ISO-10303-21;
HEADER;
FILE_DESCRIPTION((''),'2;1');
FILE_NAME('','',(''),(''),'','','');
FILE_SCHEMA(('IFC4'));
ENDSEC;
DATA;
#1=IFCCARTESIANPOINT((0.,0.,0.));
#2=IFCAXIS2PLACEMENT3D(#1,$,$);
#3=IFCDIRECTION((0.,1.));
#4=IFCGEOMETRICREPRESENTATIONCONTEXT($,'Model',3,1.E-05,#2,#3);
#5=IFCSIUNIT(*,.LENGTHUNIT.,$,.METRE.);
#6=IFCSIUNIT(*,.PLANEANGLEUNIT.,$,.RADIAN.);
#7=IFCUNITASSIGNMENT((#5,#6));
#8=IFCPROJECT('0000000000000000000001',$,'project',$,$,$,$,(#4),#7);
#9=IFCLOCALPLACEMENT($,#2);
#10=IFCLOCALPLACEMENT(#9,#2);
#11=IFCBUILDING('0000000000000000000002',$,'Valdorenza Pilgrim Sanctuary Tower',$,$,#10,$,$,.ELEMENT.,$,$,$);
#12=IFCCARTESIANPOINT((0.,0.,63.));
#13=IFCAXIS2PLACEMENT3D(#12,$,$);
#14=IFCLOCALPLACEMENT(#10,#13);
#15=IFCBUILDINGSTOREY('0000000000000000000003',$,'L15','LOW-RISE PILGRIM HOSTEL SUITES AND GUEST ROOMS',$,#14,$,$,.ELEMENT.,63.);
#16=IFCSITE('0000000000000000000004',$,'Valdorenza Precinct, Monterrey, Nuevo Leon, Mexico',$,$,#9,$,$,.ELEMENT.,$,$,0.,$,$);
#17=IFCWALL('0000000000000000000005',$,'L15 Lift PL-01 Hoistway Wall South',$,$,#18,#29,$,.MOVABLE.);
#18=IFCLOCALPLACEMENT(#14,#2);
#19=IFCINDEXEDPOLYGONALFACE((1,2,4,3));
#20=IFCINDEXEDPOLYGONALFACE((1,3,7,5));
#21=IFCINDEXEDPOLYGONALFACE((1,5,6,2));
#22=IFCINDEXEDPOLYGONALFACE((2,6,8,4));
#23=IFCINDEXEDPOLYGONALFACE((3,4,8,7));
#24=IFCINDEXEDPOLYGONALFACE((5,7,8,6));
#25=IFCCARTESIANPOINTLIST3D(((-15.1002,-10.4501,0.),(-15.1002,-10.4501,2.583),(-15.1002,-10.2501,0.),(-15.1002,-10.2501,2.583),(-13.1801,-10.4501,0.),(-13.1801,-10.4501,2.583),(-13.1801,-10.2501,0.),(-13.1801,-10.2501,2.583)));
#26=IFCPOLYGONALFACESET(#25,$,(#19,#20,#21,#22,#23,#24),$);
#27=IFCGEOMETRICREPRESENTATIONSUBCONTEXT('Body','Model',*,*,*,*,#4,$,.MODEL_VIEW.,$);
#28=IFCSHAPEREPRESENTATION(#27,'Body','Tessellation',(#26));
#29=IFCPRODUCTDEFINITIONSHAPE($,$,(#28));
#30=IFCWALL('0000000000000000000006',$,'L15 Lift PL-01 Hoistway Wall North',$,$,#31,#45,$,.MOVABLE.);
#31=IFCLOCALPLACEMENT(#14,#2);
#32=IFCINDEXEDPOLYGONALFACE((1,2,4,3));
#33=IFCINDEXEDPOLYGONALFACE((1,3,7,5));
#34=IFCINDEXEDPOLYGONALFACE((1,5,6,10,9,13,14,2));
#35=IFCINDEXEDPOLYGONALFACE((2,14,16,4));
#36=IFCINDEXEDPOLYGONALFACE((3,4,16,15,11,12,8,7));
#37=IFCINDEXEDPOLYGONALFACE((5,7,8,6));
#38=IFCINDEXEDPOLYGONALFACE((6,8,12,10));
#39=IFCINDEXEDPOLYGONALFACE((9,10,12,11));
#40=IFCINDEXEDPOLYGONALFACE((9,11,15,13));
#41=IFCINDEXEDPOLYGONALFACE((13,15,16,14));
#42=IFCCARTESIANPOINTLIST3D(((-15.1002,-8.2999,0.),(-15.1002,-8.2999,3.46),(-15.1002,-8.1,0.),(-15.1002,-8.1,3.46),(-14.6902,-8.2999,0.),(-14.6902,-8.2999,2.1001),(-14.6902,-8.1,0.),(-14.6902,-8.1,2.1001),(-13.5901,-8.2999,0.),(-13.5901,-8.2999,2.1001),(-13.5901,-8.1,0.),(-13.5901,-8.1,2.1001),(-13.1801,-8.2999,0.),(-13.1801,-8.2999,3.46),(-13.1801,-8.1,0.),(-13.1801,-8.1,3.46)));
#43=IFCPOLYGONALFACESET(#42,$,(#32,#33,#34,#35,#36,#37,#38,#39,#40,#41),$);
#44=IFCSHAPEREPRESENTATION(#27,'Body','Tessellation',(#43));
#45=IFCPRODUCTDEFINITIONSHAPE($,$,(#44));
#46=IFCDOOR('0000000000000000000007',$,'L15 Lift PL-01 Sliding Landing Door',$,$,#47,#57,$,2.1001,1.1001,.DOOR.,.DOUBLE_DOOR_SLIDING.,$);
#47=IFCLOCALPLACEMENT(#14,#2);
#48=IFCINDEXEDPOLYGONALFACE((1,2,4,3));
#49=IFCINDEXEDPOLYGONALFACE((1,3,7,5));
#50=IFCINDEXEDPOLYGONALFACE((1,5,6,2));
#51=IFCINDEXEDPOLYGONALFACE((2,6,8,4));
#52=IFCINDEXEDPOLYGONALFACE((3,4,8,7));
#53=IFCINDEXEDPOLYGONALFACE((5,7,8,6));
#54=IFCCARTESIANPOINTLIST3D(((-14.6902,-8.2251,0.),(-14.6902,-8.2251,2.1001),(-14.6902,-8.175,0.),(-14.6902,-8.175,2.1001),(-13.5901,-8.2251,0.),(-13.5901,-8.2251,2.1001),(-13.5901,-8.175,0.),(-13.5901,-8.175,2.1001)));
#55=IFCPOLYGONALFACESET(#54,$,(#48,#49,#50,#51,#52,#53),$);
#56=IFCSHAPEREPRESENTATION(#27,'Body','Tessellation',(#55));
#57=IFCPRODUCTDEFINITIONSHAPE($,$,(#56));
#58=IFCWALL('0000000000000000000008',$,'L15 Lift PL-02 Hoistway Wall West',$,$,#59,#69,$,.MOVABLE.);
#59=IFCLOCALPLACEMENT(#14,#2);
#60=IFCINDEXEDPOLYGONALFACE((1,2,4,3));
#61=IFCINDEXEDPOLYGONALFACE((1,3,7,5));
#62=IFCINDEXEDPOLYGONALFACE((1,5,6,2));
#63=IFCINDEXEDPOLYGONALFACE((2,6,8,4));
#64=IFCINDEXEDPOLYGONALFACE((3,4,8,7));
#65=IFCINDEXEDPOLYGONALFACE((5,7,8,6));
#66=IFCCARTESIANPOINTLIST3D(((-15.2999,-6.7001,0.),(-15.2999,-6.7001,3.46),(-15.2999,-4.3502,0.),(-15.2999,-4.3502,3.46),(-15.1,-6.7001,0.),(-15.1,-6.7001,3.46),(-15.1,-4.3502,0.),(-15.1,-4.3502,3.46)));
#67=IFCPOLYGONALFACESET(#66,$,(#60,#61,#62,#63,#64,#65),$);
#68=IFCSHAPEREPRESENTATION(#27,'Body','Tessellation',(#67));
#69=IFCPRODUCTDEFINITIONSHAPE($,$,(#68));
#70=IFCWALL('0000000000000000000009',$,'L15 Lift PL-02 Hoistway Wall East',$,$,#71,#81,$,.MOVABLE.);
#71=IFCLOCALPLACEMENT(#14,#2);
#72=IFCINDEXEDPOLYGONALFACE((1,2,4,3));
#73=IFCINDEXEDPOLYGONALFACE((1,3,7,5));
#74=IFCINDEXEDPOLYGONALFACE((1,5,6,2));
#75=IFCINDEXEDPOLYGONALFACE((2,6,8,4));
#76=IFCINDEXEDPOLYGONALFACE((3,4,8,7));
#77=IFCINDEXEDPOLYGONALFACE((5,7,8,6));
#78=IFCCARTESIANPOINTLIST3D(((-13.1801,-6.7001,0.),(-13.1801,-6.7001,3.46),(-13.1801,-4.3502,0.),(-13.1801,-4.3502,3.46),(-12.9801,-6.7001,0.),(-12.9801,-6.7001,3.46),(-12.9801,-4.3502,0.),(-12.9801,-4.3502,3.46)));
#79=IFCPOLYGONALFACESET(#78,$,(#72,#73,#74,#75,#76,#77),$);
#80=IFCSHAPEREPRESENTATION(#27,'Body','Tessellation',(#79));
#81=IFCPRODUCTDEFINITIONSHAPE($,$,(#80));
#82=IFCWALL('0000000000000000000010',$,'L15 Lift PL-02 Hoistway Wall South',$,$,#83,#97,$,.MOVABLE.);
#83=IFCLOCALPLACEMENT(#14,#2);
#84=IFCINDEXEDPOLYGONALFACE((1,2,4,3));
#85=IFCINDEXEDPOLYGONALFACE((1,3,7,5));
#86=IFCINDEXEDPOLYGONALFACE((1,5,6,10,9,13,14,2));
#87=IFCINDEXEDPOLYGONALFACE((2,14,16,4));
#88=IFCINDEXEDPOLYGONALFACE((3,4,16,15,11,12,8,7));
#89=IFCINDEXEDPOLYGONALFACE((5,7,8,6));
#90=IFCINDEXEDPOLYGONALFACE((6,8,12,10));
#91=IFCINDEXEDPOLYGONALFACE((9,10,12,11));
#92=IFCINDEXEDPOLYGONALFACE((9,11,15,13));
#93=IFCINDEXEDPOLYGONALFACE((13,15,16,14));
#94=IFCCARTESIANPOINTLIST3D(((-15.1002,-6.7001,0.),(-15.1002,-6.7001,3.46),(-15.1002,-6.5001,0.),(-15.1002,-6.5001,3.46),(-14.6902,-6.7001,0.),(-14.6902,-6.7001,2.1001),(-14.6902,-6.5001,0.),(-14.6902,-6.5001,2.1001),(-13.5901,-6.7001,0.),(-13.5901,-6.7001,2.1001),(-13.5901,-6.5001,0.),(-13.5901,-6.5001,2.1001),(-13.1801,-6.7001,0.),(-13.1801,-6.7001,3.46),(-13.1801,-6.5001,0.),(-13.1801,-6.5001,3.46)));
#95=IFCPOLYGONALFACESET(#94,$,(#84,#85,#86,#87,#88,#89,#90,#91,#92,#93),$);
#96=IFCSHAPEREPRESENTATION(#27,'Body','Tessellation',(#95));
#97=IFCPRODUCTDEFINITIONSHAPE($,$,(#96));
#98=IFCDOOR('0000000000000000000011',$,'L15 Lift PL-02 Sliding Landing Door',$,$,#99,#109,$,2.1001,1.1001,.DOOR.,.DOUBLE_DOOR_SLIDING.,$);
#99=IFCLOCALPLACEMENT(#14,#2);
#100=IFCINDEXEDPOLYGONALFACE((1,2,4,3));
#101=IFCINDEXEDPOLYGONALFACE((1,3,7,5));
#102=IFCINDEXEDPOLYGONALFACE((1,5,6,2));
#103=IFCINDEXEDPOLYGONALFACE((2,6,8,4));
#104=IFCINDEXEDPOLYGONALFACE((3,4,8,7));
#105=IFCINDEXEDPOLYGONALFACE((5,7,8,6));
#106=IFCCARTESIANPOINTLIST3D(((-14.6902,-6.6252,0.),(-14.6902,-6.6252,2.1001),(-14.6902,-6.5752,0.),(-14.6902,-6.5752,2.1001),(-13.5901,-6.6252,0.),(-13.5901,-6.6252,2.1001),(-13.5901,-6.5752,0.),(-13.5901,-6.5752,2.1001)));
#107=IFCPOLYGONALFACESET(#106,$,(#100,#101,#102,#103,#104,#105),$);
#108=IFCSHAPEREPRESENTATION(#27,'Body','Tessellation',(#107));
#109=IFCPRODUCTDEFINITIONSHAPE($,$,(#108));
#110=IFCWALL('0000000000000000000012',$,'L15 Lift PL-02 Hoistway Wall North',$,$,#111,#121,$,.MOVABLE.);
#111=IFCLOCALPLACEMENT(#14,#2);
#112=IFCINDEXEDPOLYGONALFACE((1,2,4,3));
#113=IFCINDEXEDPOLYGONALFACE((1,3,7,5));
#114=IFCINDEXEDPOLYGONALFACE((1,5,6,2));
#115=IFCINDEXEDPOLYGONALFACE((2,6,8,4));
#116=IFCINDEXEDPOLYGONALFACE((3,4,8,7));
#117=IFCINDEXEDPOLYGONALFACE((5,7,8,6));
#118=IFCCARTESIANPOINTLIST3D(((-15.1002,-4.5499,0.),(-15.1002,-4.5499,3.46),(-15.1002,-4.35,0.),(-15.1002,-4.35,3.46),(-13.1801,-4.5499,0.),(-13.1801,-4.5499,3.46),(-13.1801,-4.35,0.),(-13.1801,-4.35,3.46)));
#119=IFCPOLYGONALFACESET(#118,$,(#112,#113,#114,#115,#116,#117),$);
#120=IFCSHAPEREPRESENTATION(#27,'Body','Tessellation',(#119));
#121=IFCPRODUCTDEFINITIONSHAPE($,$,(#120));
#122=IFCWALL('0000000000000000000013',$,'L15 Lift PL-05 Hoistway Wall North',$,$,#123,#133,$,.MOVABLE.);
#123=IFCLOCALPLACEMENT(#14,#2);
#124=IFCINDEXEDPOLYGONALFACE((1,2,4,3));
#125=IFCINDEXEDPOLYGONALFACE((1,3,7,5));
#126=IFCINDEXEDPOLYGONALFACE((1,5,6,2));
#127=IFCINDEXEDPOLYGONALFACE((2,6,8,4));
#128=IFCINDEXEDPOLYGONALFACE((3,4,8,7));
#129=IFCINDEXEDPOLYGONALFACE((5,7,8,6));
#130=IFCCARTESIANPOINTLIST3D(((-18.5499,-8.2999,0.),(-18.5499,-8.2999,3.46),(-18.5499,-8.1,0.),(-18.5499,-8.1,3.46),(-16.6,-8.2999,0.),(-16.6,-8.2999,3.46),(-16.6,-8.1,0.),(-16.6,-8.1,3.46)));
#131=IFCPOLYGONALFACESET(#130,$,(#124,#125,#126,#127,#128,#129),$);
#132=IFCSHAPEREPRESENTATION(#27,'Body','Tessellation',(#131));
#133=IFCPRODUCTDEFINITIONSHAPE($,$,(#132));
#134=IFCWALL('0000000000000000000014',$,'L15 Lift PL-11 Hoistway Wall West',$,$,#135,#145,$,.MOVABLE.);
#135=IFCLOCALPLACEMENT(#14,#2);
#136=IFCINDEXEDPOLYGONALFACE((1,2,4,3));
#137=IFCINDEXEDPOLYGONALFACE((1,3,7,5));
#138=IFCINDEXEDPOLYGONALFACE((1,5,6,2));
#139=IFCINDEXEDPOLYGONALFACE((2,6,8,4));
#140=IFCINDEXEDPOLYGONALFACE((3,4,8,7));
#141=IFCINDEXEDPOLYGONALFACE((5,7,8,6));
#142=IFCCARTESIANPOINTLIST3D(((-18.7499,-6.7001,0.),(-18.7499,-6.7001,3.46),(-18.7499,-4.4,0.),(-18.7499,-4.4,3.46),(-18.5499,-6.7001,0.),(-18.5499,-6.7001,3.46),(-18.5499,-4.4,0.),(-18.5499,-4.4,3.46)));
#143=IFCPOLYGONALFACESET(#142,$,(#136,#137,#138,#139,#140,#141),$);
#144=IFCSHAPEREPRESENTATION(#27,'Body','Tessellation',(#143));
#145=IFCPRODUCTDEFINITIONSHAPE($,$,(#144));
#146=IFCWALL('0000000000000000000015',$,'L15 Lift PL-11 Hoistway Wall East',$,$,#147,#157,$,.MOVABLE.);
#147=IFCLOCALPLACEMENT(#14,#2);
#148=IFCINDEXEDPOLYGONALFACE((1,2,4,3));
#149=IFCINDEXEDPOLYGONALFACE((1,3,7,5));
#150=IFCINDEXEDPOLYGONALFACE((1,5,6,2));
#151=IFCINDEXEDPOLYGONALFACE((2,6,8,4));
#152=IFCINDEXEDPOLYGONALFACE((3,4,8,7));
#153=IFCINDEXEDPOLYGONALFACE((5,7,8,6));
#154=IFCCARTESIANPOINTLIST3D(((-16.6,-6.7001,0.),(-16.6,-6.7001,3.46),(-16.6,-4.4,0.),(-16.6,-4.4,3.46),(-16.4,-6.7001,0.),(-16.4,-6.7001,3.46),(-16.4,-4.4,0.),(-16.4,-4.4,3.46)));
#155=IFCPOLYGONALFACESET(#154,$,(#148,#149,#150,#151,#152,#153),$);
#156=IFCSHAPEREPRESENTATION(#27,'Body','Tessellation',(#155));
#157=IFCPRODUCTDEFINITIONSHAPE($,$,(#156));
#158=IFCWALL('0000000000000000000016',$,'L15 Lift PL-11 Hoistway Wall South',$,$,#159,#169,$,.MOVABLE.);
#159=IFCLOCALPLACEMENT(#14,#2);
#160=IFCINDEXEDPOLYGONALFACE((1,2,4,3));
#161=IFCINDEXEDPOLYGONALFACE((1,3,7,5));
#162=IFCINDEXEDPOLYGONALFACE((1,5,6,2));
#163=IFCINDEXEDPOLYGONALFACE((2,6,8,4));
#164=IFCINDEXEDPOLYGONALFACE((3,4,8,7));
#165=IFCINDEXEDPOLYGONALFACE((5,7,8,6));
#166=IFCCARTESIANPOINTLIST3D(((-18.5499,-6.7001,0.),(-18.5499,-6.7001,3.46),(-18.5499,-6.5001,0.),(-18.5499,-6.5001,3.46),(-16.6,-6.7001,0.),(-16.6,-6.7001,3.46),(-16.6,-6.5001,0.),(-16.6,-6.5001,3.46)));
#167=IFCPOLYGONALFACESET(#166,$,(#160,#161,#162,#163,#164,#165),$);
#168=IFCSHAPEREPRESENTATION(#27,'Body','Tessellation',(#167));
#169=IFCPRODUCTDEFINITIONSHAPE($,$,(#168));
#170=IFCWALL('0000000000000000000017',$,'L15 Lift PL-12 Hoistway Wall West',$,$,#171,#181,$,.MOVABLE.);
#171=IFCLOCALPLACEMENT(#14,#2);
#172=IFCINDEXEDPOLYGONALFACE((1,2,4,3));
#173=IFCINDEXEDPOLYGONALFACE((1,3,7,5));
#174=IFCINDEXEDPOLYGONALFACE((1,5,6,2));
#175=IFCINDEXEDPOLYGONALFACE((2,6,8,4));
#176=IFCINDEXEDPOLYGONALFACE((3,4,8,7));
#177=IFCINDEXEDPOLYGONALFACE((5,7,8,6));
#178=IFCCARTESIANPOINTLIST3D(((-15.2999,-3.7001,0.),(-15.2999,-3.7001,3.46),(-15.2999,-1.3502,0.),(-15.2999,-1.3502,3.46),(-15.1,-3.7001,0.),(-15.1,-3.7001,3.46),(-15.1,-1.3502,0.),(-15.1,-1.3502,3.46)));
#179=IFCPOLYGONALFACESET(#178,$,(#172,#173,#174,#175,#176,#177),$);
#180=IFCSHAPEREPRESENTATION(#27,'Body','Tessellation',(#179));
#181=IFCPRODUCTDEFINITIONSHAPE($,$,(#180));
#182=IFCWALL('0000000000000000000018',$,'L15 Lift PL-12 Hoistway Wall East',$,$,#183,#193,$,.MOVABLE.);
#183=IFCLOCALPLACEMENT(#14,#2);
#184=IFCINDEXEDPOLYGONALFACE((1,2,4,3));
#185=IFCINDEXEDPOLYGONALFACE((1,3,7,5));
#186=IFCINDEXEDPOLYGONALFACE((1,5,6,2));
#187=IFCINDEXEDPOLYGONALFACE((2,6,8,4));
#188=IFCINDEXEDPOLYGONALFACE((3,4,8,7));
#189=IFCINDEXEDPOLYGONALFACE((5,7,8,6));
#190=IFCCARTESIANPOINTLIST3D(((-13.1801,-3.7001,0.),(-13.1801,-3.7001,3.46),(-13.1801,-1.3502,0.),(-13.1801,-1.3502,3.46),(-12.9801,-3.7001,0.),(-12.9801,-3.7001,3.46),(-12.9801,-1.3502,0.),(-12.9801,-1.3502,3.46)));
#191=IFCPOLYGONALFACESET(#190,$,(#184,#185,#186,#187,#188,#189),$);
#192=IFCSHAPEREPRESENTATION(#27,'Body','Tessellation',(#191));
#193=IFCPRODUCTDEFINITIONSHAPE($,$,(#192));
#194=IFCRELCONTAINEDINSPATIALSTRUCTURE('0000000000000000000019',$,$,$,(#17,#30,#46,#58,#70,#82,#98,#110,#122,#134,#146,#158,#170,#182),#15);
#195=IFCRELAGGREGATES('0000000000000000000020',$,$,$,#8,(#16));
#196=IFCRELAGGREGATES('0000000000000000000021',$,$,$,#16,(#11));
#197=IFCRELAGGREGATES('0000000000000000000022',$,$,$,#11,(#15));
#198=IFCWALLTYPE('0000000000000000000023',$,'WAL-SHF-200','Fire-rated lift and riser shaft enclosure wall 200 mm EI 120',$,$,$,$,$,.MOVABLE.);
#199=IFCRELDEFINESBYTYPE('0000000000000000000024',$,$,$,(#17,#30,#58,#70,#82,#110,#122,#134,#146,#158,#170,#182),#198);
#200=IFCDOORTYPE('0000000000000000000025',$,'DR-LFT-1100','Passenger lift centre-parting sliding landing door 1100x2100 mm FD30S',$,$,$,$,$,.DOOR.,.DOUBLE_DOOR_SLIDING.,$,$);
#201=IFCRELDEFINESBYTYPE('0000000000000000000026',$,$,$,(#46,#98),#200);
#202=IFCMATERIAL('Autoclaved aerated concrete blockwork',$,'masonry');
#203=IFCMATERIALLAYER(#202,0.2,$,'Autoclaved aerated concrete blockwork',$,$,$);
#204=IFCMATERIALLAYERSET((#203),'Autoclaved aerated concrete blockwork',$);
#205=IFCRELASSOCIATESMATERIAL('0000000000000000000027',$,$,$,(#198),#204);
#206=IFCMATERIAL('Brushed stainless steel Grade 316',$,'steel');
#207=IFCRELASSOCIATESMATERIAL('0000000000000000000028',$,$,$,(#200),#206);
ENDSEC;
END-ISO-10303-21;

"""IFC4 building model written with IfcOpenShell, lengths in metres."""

from ifc_helpers import new_model, si_unit, direction, frame, frame_2d, origin, place, context, subcontext, project, spatial, rectangle, extrude, material, layer, layer_set, type_object, element, fill, save


model = new_model("IFC4")

# Units and contexts
model_context = context("Model", 3, precision=1e-05, world=origin(), true_north=direction((0.0, 1.0)))
body_context = subcontext(model_context, "Body", "Model", "MODEL_VIEW")
ifc_project = project(units=[si_unit("LENGTHUNIT", "METRE"), si_unit("PLANEANGLEUNIT", "RADIAN")], contexts=[model_context])

# Site, building, storey
site_placement = place(None, origin())
site = spatial("IfcSite", under=ifc_project, at=site_placement, Name="Valdorenza Precinct, Monterrey, Nuevo Leon, Mexico", CompositionType="ELEMENT", RefElevation=0.0)
building_placement = place(site_placement, origin())
building = spatial("IfcBuilding", under=site, at=building_placement, Name="Valdorenza Pilgrim Sanctuary Tower", CompositionType="ELEMENT")
storey_placement = place(building_placement, frame((0.0, 0.0, 63.0)))
storey = spatial("IfcBuildingStorey", under=building, at=storey_placement, Name="L15", Description="LOW-RISE PILGRIM HOSTEL SUITES AND GUEST ROOMS", CompositionType="ELEMENT", Elevation=63.0)

# Wall
ifc_material_1 = material(Name="Autoclaved aerated concrete blockwork", Category="masonry")
ifc_layer_1 = layer(ifc_material_1, 0.2, Name="Autoclaved aerated concrete blockwork")
ifc_layer_set_1 = layer_set([ifc_layer_1], Name="Autoclaved aerated concrete blockwork")
wall_type_1 = type_object("IfcWallType", Name="WAL-SHF-200", Description="Fire-rated lift and riser shaft enclosure wall 200 mm EI 120", PredefinedType="MOVABLE", material=ifc_layer_set_1)
wall_1_placement = place(storey_placement, frame((-15.1001, -10.3501, 0.0), z_axis=(0.0, 0.0, 1.0), x_axis=(1.0, 0.0, 0.0)))
element("IfcWall", 1, at=wall_1_placement, inside=storey, type_object=wall_type_1, Name="L15 Lift PL-01 Hoistway Wall South", PredefinedType="MOVABLE", context=body_context, shape_type="SweptSolid", body=[
    extrude(rectangle(XDim=1.9202, YDim=0.2, at=frame_2d((0.96, 0.0))), origin(), (0.0, 0.0, 1.0), 2.583),
])

# Wall, opening, door
wall_2_placement = place(storey_placement, frame((-15.1001, -8.2, 0.0), z_axis=(0.0, 0.0, 1.0), x_axis=(1.0, 0.0, 0.0)))
wall_2 = element("IfcWall", 2, at=wall_2_placement, inside=storey, type_object=wall_type_1, Name="L15 Lift PL-01 Hoistway Wall North", PredefinedType="MOVABLE", context=body_context, shape_type="SweptSolid", body=[
    extrude(rectangle(XDim=1.9202, YDim=0.2, at=frame_2d((0.96, 0.0))), origin(), (0.0, 0.0, 1.0), 3.46),
])
opening_1_placement = place(wall_2_placement, frame((0.4099, 0.0, 0.0)))
opening_1 = element("IfcOpeningElement", 3, at=opening_1_placement, cuts=wall_2, PredefinedType="OPENING", context=body_context, shape_type="SweptSolid", body=[
    extrude(rectangle(XDim=1.1001, YDim=2.1001, at=frame_2d((0.55, 1.05))), frame((0.0, 0.1147, 0.0), z_axis=(0.0, -1.0, 0.0), x_axis=(1.0, 0.0, 0.0)), (0.0, 0.0, 1.0), 0.2297),
])
ifc_material_2 = material(Name="Brushed stainless steel Grade 316", Category="steel")
door_type = type_object("IfcDoorType", Name="DR-LFT-1100", Description="Passenger lift centre-parting sliding landing door 1100x2100 mm FD30S", OperationType="DOUBLE_DOOR_SLIDING", PredefinedType="DOOR", material=ifc_material_2)
door_1_placement = place(opening_1_placement, origin())
door_1 = element("IfcDoor", 4, at=door_1_placement, inside=storey, type_object=door_type, Name="L15 Lift PL-01 Sliding Landing Door", OperationType="DOUBLE_DOOR_SLIDING", OverallHeight=2.1001, OverallWidth=1.1001, PredefinedType="DOOR", context=body_context, shape_type="SweptSolid", body=[
    extrude(rectangle(XDim=1.1001, YDim=2.1001, at=frame_2d((0.55, 1.05))), frame((0.0, 0.0249, 0.0), z_axis=(0.0, -1.0, 0.0), x_axis=(1.0, 0.0, 0.0)), (0.0, 0.0, 1.0), 0.05),
])
fill(opening_1, door_1)

# Walls
for number, where, z_axis, x_axis, name in (
    (5, (-15.2, -6.7, 0.0), (0.0, 0.0, 1.0), (0.0, 1.0, 0.0), "L15 Lift PL-02 Hoistway Wall West"),
    (6, (-13.0801, -6.7, 0.0), (0.0, 0.0, 1.0), (0.0, 1.0, 0.0), "L15 Lift PL-02 Hoistway Wall East"),
):
    element("IfcWall", number, at=place(storey_placement, frame(where, z_axis=z_axis, x_axis=x_axis)), inside=storey, type_object=wall_type_1, Name=name, PredefinedType="MOVABLE", context=body_context, shape_type="SweptSolid", body=[
        extrude(rectangle(XDim=2.3499, YDim=0.2, at=frame_2d((1.1748, 0.0))), origin(), (0.0, 0.0, 1.0), 3.46),
    ])

# Wall, opening, door
wall_3_placement = place(storey_placement, frame((-15.1001, -6.6001, 0.0), z_axis=(0.0, 0.0, 1.0), x_axis=(1.0, 0.0, 0.0)))
wall_3 = element("IfcWall", 7, at=wall_3_placement, inside=storey, type_object=wall_type_1, Name="L15 Lift PL-02 Hoistway Wall South", PredefinedType="MOVABLE", context=body_context, shape_type="SweptSolid", body=[
    extrude(rectangle(XDim=1.9202, YDim=0.2, at=frame_2d((0.96, 0.0))), origin(), (0.0, 0.0, 1.0), 3.46),
])
opening_2_placement = place(wall_3_placement, frame((0.4099, 0.0, 0.0)))
opening_2 = element("IfcOpeningElement", 8, at=opening_2_placement, cuts=wall_3, PredefinedType="OPENING", context=body_context, shape_type="SweptSolid", body=[
    extrude(rectangle(XDim=1.1001, YDim=2.1001, at=frame_2d((0.55, 1.05))), frame((0.0, 0.1147, 0.0), z_axis=(0.0, -1.0, 0.0), x_axis=(1.0, 0.0, 0.0)), (0.0, 0.0, 1.0), 0.2297),
])
door_2_placement = place(opening_2_placement, origin())
door_2 = element("IfcDoor", 9, at=door_2_placement, inside=storey, type_object=door_type, Name="L15 Lift PL-02 Sliding Landing Door", OperationType="DOUBLE_DOOR_SLIDING", OverallHeight=2.1001, OverallWidth=1.1001, PredefinedType="DOOR", context=body_context, shape_type="SweptSolid", body=[
    extrude(rectangle(XDim=1.1001, YDim=2.1001, at=frame_2d((0.55, 1.05))), frame((0.0, 0.0249, 0.0), z_axis=(0.0, -1.0, 0.0), x_axis=(1.0, 0.0, 0.0)), (0.0, 0.0, 1.0), 0.05),
])
fill(opening_2, door_2)

# Walls
wall_4_placement = place(storey_placement, frame((-15.1001, -4.45, 0.0), z_axis=(0.0, 0.0, 1.0), x_axis=(1.0, 0.0, 0.0)))
element("IfcWall", 10, at=wall_4_placement, inside=storey, type_object=wall_type_1, Name="L15 Lift PL-02 Hoistway Wall North", PredefinedType="MOVABLE", context=body_context, shape_type="SweptSolid", body=[
    extrude(rectangle(XDim=1.9202, YDim=0.2, at=frame_2d((0.96, 0.0))), origin(), (0.0, 0.0, 1.0), 3.46),
])
wall_5_placement = place(storey_placement, frame((-18.55, -8.2, 0.0), z_axis=(0.0, 0.0, 1.0), x_axis=(1.0, 0.0, 0.0)))
element("IfcWall", 11, at=wall_5_placement, inside=storey, type_object=wall_type_1, Name="L15 Lift PL-05 Hoistway Wall North", PredefinedType="MOVABLE", context=body_context, shape_type="SweptSolid", body=[
    extrude(rectangle(XDim=1.95, YDim=0.2, at=frame_2d((0.9751, 0.0))), origin(), (0.0, 0.0, 1.0), 3.46),
])
for number, where, z_axis, x_axis, name in (
    (12, (-18.6499, -6.7, 0.0), (0.0, 0.0, 1.0), (0.0, 1.0, 0.0), "L15 Lift PL-11 Hoistway Wall West"),
    (13, (-16.5, -6.7, 0.0), (0.0, 0.0, 1.0), (0.0, 1.0, 0.0), "L15 Lift PL-11 Hoistway Wall East"),
):
    element("IfcWall", number, at=place(storey_placement, frame(where, z_axis=z_axis, x_axis=x_axis)), inside=storey, type_object=wall_type_1, Name=name, PredefinedType="MOVABLE", context=body_context, shape_type="SweptSolid", body=[
        extrude(rectangle(XDim=2.3, YDim=0.2, at=frame_2d((1.1499, 0.0))), origin(), (0.0, 0.0, 1.0), 3.46),
    ])
wall_6_placement = place(storey_placement, frame((-18.55, -6.6001, 0.0), z_axis=(0.0, 0.0, 1.0), x_axis=(1.0, 0.0, 0.0)))
element("IfcWall", 14, at=wall_6_placement, inside=storey, type_object=wall_type_1, Name="L15 Lift PL-11 Hoistway Wall South", PredefinedType="MOVABLE", context=body_context, shape_type="SweptSolid", body=[
    extrude(rectangle(XDim=1.95, YDim=0.2, at=frame_2d((0.9751, 0.0))), origin(), (0.0, 0.0, 1.0), 3.46),
])
for number, where, z_axis, x_axis, name in (
    (15, (-15.2, -3.7, 0.0), (0.0, 0.0, 1.0), (0.0, 1.0, 0.0), "L15 Lift PL-12 Hoistway Wall West"),
    (16, (-13.0801, -3.7, 0.0), (0.0, 0.0, 1.0), (0.0, 1.0, 0.0), "L15 Lift PL-12 Hoistway Wall East"),
):
    element("IfcWall", number, at=place(storey_placement, frame(where, z_axis=z_axis, x_axis=x_axis)), inside=storey, type_object=wall_type_1, Name=name, PredefinedType="MOVABLE", context=body_context, shape_type="SweptSolid", body=[
        extrude(rectangle(XDim=2.3499, YDim=0.2, at=frame_2d((1.1748, 0.0))), origin(), (0.0, 0.0, 1.0), 3.46),
    ])

save(model, "model.ifc")
